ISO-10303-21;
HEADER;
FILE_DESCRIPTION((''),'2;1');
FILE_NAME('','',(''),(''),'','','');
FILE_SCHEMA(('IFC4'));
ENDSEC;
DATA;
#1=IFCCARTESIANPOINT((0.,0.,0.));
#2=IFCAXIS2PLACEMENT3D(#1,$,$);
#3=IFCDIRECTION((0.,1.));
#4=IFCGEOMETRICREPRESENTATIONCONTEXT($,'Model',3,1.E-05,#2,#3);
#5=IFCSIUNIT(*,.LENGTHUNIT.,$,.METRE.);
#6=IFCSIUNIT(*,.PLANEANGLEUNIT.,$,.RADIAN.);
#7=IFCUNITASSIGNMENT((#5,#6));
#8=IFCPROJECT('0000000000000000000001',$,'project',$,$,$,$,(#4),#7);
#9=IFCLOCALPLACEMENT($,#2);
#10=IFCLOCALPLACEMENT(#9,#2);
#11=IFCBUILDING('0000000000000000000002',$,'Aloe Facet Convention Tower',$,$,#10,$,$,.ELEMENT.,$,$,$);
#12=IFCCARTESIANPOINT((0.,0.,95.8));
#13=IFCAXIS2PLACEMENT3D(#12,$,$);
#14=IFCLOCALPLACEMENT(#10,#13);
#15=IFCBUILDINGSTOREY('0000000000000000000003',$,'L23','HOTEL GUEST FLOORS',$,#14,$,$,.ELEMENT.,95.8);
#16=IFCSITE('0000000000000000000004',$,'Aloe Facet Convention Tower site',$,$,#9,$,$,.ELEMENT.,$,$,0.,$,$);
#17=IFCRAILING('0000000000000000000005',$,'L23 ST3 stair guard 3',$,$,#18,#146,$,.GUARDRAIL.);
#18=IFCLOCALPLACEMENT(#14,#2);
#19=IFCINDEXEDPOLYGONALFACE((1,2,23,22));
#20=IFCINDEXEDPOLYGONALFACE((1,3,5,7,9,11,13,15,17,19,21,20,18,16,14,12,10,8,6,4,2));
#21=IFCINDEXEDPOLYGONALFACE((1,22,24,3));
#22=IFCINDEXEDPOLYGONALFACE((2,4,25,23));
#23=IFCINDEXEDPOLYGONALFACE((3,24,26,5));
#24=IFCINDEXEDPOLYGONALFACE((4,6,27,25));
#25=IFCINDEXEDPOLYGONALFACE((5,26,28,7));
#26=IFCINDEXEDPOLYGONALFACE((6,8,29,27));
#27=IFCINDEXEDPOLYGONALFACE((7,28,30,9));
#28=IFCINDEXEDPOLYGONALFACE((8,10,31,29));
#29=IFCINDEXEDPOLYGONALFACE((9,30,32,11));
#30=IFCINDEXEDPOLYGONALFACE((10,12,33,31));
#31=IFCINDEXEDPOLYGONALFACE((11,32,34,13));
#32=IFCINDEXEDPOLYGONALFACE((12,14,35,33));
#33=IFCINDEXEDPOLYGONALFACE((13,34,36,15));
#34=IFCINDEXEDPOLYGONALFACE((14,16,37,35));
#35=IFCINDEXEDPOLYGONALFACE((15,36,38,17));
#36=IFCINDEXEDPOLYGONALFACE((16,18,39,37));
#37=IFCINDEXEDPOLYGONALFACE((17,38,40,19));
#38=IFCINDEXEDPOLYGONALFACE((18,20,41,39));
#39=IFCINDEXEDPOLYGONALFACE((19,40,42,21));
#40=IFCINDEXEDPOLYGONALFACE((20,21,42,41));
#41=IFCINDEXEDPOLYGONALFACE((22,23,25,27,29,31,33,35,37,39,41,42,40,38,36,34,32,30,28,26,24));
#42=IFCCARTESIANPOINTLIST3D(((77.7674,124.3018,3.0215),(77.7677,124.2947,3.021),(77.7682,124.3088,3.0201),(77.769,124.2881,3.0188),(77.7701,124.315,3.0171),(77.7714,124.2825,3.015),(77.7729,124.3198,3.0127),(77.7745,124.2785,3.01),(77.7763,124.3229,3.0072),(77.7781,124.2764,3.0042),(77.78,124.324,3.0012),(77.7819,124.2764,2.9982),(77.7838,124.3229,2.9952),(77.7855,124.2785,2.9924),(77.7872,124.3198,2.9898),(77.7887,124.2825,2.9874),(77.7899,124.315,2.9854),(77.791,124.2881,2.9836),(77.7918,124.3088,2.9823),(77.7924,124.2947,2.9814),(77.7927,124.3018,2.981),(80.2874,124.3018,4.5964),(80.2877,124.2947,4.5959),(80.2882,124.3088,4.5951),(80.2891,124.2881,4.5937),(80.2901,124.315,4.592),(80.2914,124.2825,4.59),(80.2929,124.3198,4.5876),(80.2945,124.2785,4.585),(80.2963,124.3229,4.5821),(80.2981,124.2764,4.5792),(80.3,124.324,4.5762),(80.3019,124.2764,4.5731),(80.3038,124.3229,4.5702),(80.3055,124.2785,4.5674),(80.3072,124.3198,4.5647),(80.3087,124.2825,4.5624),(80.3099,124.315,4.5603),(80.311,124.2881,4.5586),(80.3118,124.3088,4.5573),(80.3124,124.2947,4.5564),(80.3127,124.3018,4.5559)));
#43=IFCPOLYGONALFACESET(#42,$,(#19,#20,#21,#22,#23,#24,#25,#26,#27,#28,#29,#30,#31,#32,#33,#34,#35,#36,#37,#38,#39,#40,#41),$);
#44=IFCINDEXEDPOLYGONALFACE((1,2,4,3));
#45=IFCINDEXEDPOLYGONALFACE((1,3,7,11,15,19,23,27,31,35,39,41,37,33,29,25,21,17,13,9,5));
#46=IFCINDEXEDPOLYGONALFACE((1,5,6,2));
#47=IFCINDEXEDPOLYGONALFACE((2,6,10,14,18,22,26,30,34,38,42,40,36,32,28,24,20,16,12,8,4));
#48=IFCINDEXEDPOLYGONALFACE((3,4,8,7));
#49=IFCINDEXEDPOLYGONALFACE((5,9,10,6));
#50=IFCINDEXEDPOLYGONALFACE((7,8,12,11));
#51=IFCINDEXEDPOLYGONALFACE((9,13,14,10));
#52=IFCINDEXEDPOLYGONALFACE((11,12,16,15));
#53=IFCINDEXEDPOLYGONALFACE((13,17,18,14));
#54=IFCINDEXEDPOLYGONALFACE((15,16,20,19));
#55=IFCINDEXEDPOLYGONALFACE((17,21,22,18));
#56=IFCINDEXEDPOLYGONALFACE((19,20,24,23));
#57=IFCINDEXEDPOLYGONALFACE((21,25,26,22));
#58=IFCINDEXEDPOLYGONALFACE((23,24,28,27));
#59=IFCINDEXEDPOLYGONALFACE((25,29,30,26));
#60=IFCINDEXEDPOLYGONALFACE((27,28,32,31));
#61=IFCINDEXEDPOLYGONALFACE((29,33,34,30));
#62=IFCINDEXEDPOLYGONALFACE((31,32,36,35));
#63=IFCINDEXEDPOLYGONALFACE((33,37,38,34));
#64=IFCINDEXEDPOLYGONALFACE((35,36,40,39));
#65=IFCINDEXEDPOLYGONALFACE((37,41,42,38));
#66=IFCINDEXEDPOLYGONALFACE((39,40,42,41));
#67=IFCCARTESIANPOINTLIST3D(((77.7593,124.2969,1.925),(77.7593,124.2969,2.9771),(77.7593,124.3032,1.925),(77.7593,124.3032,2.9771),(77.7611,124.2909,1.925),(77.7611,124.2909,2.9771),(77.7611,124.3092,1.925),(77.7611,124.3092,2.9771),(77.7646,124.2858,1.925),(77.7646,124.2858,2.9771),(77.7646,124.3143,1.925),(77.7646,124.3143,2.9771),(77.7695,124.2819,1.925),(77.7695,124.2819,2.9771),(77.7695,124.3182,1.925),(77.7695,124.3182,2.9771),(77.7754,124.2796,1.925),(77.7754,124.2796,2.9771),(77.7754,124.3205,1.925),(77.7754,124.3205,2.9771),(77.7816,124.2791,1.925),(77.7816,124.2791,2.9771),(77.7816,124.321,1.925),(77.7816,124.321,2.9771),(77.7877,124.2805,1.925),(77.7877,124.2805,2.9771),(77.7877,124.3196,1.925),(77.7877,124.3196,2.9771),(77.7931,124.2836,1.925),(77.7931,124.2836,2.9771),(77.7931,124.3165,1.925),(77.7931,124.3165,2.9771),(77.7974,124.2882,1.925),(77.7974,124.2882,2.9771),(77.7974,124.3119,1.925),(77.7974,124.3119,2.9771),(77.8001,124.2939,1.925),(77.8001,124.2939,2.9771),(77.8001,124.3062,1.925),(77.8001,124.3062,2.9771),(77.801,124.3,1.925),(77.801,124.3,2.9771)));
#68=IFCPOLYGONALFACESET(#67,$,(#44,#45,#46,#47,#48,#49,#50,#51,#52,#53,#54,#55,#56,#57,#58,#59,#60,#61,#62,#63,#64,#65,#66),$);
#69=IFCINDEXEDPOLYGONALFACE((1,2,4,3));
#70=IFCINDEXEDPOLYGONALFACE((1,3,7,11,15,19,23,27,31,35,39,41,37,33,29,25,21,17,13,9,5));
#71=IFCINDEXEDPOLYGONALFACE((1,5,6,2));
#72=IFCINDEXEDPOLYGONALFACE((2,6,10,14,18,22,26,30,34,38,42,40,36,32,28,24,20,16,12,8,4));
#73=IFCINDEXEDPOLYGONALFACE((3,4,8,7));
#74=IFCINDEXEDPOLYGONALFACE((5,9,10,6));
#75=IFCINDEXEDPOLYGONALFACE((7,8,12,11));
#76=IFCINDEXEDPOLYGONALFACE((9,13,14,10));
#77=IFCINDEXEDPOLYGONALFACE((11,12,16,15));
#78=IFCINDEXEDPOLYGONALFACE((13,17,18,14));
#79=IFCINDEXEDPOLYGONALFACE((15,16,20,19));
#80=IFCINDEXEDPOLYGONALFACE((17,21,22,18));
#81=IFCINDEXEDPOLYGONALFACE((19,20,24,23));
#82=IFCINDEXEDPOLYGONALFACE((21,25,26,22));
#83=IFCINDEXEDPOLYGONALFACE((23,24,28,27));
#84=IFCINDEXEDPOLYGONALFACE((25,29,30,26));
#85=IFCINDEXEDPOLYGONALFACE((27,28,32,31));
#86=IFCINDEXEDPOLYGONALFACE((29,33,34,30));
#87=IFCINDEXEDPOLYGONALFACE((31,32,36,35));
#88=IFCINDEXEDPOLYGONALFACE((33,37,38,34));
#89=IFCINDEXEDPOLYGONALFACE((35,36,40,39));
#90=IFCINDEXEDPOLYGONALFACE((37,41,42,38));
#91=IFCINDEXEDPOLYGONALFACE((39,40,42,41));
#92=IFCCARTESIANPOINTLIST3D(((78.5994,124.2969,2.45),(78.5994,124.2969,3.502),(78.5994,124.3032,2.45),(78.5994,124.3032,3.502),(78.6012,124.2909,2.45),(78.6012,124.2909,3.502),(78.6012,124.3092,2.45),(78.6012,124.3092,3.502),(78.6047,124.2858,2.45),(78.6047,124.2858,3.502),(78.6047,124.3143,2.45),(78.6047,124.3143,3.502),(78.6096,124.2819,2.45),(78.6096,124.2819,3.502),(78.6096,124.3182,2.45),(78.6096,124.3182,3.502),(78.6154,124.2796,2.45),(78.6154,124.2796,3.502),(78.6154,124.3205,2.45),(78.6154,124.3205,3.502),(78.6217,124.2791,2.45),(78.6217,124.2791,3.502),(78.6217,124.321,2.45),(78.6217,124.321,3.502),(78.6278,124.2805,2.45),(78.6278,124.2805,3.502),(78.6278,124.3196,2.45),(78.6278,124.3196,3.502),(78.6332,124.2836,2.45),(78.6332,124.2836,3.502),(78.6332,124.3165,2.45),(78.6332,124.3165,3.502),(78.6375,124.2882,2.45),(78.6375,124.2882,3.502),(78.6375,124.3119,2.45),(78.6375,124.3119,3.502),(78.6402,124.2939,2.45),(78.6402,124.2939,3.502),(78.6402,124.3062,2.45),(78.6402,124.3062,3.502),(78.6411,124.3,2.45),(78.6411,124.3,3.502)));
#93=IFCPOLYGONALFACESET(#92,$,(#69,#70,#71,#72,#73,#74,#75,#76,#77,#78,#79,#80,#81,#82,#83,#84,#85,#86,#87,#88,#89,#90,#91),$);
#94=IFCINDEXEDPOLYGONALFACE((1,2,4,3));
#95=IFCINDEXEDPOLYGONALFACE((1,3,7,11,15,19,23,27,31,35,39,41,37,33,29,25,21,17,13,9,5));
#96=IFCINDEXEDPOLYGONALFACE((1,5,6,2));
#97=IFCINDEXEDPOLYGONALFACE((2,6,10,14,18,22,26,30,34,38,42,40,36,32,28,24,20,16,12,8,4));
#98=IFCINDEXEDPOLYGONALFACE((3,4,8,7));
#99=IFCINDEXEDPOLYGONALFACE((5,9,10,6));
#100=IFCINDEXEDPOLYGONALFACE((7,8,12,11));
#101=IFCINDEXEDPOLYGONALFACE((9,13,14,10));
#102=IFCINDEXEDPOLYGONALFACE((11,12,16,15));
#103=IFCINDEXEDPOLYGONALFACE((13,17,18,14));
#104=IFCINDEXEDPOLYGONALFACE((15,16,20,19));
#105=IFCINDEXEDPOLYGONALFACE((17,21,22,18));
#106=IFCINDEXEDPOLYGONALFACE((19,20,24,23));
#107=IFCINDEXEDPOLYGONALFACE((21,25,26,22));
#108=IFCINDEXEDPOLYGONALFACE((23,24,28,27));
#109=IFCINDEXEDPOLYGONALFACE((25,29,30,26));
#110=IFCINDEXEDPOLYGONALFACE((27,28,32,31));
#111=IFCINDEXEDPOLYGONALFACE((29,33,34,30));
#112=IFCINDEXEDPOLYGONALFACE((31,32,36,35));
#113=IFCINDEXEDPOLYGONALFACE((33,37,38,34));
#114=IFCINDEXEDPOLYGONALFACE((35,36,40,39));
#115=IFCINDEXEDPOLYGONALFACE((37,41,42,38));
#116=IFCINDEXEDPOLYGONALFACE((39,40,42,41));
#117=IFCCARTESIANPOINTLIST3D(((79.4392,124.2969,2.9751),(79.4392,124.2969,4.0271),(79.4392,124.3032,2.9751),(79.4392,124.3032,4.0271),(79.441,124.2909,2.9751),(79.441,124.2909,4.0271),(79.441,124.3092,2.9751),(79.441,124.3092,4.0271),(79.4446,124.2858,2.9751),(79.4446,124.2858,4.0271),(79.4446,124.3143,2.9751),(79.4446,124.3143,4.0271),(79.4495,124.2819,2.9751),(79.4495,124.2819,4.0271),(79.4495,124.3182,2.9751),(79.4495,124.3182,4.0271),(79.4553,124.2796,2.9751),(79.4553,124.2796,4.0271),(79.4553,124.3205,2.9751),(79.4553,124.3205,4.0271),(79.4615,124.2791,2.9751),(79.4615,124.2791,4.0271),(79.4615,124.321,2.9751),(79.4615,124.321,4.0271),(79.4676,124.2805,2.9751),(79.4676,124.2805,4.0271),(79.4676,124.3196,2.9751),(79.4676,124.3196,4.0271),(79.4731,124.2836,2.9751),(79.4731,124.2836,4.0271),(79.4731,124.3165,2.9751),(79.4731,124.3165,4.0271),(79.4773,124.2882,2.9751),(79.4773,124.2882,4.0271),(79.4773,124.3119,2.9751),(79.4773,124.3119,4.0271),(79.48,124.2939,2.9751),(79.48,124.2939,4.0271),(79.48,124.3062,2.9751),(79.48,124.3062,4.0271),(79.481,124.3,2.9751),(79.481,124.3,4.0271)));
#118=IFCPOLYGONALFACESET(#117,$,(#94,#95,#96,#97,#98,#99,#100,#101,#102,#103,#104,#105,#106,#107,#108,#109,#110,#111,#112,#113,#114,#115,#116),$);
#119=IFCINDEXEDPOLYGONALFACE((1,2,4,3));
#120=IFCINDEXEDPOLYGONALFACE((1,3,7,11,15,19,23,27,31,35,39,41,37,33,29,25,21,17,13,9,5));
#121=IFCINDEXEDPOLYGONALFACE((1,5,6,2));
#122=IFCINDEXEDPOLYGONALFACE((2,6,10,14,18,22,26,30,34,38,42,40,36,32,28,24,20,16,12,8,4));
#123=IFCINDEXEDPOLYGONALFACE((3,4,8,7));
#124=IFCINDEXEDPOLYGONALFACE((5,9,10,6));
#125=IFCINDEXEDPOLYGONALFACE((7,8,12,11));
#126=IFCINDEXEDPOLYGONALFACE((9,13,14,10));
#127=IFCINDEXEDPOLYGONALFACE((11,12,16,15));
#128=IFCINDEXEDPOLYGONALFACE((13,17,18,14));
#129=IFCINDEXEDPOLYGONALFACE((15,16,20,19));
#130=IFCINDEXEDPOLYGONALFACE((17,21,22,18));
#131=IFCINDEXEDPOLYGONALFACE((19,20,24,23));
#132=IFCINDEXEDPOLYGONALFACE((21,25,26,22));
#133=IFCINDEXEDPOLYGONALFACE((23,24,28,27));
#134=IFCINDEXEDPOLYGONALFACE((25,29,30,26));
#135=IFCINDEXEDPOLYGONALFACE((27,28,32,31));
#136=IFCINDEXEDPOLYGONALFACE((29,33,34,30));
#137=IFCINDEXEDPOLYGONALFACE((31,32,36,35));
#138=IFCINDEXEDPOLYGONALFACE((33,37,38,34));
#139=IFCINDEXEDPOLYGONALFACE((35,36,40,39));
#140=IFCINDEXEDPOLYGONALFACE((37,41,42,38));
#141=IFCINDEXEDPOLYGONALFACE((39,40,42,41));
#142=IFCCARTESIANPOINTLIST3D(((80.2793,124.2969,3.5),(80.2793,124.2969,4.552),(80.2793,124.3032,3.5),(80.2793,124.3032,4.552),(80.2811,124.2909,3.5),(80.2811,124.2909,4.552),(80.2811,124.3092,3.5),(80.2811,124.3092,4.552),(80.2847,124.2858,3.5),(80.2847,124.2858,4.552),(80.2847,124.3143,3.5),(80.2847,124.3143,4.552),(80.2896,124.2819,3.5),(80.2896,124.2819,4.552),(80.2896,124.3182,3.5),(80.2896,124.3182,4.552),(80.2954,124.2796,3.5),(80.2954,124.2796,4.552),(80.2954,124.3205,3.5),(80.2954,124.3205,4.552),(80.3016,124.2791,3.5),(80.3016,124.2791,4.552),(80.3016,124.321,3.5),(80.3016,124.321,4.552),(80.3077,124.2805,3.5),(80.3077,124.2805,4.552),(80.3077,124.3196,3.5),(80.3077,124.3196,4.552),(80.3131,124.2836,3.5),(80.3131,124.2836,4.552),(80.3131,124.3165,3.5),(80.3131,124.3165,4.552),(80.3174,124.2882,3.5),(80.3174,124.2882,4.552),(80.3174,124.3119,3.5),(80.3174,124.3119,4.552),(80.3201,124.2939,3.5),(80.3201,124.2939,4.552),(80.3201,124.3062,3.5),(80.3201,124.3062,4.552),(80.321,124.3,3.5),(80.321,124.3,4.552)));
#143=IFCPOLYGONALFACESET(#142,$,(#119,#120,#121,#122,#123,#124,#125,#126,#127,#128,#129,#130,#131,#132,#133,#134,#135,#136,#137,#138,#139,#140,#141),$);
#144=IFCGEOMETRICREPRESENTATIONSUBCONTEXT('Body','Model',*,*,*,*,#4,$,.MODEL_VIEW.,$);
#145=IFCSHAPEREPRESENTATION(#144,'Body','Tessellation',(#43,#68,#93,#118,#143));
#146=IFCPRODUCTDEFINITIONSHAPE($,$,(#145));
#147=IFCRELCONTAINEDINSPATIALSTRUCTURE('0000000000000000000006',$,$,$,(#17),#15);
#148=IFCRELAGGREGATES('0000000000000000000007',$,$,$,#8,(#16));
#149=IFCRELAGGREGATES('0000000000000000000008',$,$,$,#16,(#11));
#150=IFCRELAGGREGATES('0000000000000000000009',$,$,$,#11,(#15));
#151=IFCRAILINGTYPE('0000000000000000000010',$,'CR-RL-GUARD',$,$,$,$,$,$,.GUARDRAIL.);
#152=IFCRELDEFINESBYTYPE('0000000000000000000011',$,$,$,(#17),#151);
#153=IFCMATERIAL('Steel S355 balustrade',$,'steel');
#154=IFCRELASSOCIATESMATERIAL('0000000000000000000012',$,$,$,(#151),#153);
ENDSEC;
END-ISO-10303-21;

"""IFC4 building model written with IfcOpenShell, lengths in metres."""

from ifc_helpers import new_model, si_unit, direction, frame, origin, origin_2d, place, context, subcontext, project, spatial, circle, extrude, material, type_object, element, save


model = new_model("IFC4")

# Units and contexts
model_context = context("Model", 3, precision=1e-05, world=origin(), true_north=direction((0.0, 1.0)))
body_context = subcontext(model_context, "Body", "Model", "MODEL_VIEW")
ifc_project = project(units=[si_unit("LENGTHUNIT", "METRE"), si_unit("PLANEANGLEUNIT", "RADIAN")], contexts=[model_context])

# Site, building, storey
site_placement = place(None, origin())
site = spatial("IfcSite", under=ifc_project, at=site_placement, Name="Aloe Facet Convention Tower site", CompositionType="ELEMENT", RefElevation=0.0)
building_placement = place(site_placement, origin())
building = spatial("IfcBuilding", under=site, at=building_placement, Name="Aloe Facet Convention Tower", CompositionType="ELEMENT")
storey_placement = place(building_placement, frame((0.0, 0.0, 95.8)))
storey = spatial("IfcBuildingStorey", under=building, at=storey_placement, Name="L23", Description="HOTEL GUEST FLOORS", CompositionType="ELEMENT", Elevation=95.8)

# Railing
ifc_material_1 = material(Name="Steel S355 balustrade", Category="steel")
railing_type_1 = type_object("IfcRailingType", Name="CR-RL-GUARD", PredefinedType="GUARDRAIL", material=ifc_material_1)
railing_1_placement = place(storey_placement, frame((77.78, 124.3, 1.925)))
element("IfcRailing", 1, at=railing_1_placement, inside=storey, type_object=railing_type_1, Name="L23 ST3 stair guard 3", PredefinedType="GUARDRAIL", context=body_context, shape_type="SweptSolid", body=[
    extrude(circle(Radius=0.0239, at=origin_2d()), frame((0.0, 0.0, 1.0762), z_axis=(0.848008, 0.0, 0.529984), x_axis=(0.0, 1.0, 0.0)), (0.0, 0.0, 1.0), 2.9717),
    extrude(circle(Radius=0.021, at=origin_2d()), origin(), (0.0, 0.0, 1.0), 1.052),
    extrude(circle(Radius=0.021, at=origin_2d()), frame((0.8401, 0.0, 0.5249)), (0.0, 0.0, 1.0), 1.052),
    extrude(circle(Radius=0.021, at=origin_2d()), frame((1.6799, 0.0, 1.05)), (0.0, 0.0, 1.0), 1.052),
    extrude(circle(Radius=0.021, at=origin_2d()), frame((2.52, 0.0, 1.575)), (0.0, 0.0, 1.0), 1.052),
])

save(model, "model.ifc")
